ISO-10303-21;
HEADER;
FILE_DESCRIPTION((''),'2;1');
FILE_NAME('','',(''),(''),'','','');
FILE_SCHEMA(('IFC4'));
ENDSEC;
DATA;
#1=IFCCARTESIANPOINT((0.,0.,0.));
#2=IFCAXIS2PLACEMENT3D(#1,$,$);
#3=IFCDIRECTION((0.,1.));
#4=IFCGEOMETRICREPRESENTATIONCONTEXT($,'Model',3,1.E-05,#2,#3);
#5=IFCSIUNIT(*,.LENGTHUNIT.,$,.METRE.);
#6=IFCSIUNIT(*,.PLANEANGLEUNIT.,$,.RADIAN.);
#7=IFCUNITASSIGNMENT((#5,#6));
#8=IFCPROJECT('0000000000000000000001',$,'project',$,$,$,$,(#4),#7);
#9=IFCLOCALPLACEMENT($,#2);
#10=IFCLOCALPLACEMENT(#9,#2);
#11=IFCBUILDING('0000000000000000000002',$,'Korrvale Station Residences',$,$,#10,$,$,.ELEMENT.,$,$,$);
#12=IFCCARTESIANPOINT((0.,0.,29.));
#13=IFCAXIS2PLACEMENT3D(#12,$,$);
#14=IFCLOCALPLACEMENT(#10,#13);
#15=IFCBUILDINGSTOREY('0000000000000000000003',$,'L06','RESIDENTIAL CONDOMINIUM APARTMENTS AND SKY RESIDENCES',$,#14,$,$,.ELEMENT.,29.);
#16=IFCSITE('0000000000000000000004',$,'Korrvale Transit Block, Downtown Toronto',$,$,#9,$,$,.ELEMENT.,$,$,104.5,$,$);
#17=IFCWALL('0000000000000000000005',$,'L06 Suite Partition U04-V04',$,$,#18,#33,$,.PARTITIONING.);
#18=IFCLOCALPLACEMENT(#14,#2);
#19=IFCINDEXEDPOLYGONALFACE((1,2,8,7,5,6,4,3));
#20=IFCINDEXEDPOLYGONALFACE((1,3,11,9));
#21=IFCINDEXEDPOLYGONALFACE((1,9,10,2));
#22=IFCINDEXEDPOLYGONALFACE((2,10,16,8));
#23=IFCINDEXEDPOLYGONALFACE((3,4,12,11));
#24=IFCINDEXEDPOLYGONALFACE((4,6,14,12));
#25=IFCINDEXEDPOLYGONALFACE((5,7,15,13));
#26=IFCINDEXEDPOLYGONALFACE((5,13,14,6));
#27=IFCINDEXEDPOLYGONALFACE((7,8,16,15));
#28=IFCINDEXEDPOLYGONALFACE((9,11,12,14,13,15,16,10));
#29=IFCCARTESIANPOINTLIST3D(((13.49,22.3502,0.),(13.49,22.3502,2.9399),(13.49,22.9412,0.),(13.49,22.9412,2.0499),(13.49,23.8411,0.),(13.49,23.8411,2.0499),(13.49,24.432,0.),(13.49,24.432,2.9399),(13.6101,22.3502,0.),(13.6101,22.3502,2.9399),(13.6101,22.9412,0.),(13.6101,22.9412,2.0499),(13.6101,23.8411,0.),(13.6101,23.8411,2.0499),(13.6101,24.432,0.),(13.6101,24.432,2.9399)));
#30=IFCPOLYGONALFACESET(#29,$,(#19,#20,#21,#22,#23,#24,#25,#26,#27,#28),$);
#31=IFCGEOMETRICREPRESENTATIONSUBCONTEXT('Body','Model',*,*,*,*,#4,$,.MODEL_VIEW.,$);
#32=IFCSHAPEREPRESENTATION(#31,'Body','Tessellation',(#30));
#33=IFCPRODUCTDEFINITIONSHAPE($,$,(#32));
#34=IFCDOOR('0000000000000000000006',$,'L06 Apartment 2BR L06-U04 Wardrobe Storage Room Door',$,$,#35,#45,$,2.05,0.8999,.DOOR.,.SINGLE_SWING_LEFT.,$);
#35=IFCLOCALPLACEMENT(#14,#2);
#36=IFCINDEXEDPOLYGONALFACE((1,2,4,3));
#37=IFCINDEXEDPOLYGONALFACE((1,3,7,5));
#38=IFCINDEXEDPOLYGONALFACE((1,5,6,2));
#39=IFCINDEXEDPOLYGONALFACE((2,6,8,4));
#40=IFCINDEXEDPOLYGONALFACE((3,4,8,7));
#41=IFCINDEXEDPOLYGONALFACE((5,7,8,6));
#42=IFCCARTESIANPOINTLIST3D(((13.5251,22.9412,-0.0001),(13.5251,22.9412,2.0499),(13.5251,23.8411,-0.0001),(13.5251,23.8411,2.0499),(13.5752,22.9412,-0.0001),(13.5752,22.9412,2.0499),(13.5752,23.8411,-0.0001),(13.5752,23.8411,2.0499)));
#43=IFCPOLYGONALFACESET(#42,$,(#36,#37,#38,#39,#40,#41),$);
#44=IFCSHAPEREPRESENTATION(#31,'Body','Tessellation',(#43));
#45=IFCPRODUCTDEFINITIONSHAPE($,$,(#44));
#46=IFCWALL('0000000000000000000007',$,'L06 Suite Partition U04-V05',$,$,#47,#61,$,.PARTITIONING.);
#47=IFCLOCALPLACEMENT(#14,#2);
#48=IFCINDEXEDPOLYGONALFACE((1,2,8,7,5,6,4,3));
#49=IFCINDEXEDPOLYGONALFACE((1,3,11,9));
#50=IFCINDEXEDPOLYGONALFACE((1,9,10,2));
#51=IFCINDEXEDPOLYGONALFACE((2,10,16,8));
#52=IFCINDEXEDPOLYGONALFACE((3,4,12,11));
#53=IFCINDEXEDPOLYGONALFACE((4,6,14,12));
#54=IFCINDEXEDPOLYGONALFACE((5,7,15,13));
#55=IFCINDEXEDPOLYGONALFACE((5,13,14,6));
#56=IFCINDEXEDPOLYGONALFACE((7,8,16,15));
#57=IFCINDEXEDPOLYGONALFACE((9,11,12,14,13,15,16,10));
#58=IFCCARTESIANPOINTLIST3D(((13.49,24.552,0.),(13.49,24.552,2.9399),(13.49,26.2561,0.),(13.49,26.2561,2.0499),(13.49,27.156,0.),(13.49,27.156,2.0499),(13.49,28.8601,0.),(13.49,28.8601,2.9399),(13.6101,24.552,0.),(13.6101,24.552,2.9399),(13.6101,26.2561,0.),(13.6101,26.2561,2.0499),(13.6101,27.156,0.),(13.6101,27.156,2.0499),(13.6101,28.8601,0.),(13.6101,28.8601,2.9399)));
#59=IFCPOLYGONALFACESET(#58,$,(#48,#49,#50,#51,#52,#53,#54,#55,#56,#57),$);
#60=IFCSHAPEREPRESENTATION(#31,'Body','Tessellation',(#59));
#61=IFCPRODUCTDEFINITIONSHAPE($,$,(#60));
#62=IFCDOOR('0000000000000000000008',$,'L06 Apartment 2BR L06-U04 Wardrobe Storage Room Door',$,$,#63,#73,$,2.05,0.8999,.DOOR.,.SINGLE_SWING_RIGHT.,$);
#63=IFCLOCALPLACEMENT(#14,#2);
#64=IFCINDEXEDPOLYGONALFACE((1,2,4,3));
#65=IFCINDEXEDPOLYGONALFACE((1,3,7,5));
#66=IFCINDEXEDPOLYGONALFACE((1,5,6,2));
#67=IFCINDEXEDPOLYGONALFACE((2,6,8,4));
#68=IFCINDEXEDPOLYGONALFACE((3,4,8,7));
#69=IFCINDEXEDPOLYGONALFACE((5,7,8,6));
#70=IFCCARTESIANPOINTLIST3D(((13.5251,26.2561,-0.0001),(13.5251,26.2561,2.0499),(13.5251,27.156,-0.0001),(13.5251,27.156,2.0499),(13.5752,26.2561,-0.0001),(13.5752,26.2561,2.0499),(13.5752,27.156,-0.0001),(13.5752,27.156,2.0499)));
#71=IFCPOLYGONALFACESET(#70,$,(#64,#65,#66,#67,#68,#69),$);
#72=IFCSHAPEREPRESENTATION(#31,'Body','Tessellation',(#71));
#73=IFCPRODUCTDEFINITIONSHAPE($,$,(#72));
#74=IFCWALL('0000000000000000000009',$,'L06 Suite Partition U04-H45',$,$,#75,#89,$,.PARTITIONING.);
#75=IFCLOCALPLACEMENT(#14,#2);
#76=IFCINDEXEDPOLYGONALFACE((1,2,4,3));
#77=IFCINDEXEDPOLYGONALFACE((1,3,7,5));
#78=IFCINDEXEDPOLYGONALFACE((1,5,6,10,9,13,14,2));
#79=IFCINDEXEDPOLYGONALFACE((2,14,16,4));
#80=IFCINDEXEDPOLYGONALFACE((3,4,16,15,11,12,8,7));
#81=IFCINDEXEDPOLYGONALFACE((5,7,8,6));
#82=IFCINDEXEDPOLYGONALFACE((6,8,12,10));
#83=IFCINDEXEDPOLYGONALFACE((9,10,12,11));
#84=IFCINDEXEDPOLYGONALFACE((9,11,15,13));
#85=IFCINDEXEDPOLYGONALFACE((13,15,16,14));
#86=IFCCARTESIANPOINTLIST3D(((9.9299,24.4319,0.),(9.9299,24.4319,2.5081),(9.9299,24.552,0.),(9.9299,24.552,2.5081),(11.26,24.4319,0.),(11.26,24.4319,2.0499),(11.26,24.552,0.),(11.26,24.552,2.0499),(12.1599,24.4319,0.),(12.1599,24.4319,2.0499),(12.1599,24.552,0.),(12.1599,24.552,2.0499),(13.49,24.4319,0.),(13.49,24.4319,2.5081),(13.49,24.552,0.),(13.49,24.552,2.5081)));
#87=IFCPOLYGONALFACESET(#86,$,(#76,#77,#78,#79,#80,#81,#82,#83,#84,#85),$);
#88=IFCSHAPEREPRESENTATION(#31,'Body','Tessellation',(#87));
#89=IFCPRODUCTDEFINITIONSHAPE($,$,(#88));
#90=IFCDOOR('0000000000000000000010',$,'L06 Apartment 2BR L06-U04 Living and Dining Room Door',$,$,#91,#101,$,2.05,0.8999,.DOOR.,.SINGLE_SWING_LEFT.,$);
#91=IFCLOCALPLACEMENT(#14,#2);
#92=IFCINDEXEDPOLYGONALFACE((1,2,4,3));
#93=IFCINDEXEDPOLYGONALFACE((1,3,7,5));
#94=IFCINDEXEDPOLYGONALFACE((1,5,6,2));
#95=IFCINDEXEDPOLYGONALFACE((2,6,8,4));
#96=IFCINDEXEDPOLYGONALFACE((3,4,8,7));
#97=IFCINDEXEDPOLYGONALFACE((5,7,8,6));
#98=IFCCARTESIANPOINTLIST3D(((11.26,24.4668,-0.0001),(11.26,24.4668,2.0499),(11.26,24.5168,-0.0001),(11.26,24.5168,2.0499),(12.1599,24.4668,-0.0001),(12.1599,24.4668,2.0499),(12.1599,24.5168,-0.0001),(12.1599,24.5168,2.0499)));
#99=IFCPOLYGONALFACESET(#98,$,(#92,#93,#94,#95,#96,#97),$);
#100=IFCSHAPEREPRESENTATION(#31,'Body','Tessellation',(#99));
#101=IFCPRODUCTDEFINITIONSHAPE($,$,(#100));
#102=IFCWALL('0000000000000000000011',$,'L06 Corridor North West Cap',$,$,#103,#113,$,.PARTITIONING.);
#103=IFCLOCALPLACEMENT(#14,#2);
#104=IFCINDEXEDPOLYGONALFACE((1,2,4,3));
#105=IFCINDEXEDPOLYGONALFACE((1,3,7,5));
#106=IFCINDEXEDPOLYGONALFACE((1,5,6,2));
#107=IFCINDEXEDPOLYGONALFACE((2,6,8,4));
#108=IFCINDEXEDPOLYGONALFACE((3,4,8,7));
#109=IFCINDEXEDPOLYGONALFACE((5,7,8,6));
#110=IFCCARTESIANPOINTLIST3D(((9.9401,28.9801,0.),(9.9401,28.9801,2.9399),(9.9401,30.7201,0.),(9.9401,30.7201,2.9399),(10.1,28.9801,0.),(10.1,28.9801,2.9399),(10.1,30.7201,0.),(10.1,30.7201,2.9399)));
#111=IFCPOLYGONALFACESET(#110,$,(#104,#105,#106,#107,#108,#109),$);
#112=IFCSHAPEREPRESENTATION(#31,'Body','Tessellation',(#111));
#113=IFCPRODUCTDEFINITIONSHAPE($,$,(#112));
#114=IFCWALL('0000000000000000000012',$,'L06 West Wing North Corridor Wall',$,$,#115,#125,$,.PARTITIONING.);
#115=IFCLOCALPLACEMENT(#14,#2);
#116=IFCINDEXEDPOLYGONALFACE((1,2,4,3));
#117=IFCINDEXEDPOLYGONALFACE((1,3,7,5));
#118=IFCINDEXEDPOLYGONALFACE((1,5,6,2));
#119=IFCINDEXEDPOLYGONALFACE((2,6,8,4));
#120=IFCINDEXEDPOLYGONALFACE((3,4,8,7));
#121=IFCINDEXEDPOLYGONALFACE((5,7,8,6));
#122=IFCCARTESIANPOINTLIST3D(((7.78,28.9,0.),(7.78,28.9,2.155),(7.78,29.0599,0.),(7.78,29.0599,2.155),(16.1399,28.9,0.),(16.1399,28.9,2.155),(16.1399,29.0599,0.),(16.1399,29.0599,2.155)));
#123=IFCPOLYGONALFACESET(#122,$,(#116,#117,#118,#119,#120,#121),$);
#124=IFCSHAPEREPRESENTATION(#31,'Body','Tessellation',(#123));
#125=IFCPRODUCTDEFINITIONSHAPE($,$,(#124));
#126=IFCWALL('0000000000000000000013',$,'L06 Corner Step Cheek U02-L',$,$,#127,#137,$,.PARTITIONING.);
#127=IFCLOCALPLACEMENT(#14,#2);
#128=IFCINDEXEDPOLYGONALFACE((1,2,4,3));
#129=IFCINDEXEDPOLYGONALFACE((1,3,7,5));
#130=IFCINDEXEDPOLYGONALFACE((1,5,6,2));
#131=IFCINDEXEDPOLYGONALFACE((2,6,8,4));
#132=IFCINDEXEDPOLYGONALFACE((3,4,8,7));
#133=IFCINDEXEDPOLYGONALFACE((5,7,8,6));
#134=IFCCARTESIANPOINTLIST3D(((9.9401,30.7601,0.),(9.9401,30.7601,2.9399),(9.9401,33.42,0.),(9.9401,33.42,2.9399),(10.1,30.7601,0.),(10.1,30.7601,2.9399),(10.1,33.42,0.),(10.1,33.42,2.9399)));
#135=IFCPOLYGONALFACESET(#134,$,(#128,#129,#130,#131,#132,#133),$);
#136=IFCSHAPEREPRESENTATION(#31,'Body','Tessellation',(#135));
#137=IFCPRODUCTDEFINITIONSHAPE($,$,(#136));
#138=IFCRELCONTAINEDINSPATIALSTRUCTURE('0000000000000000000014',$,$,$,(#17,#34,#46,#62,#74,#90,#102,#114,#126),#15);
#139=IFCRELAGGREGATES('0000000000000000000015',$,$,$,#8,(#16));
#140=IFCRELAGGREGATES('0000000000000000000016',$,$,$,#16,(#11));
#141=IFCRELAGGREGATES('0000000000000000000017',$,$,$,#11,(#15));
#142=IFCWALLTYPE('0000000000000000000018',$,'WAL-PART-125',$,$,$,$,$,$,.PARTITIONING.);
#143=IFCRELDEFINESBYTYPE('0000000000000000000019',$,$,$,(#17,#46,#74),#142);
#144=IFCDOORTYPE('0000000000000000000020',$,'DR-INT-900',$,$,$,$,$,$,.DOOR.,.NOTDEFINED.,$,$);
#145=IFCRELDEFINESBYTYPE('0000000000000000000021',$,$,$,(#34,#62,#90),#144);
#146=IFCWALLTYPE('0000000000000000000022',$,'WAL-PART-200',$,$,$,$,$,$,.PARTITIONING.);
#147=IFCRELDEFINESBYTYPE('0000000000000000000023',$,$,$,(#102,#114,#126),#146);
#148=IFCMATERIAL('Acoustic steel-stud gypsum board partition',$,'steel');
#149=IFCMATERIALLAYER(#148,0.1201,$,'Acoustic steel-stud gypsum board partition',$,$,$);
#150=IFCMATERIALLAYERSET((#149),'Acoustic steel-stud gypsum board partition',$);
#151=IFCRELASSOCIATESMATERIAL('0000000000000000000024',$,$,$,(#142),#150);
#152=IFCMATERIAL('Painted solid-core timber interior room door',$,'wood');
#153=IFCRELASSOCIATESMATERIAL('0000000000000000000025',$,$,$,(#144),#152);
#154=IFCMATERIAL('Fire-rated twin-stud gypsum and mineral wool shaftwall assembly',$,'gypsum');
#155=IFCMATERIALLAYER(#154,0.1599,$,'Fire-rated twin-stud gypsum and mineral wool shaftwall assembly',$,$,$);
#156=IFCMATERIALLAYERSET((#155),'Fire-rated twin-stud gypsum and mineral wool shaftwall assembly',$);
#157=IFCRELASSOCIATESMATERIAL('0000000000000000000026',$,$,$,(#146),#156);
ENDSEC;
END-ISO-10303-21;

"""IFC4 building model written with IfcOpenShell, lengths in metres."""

from ifc_helpers import new_model, si_unit, direction, frame, frame_2d, origin, place, context, subcontext, project, spatial, rectangle, extrude, material, layer, layer_set, type_object, element, fill, save


model = new_model("IFC4")

# Units and contexts
model_context = context("Model", 3, precision=1e-05, world=origin(), true_north=direction((0.0, 1.0)))
body_context = subcontext(model_context, "Body", "Model", "MODEL_VIEW")
ifc_project = project(units=[si_unit("LENGTHUNIT", "METRE"), si_unit("PLANEANGLEUNIT", "RADIAN")], contexts=[model_context])

# Site, building, storey
site_placement = place(None, origin())
site = spatial("IfcSite", under=ifc_project, at=site_placement, Name="Korrvale Transit Block, Downtown Toronto", CompositionType="ELEMENT", RefElevation=104.5)
building_placement = place(site_placement, origin())
building = spatial("IfcBuilding", under=site, at=building_placement, Name="Korrvale Station Residences", CompositionType="ELEMENT")
storey_placement = place(building_placement, frame((0.0, 0.0, 29.0)))
storey = spatial("IfcBuildingStorey", under=building, at=storey_placement, Name="L06", Description="RESIDENTIAL CONDOMINIUM APARTMENTS AND SKY RESIDENCES", CompositionType="ELEMENT", Elevation=29.0)

# Walls, openings, doors
ifc_material_1 = material(Name="Acoustic steel-stud gypsum board partition", Category="steel")
ifc_layer_1 = layer(ifc_material_1, 0.1201, Name="Acoustic steel-stud gypsum board partition")
ifc_layer_set_1 = layer_set([ifc_layer_1], Name="Acoustic steel-stud gypsum board partition")
wall_type_1 = type_object("IfcWallType", Name="WAL-PART-125", PredefinedType="PARTITIONING", material=ifc_layer_set_1)
ifc_material_2 = material(Name="Painted solid-core timber interior room door", Category="wood")
door_type_1 = type_object("IfcDoorType", Name="DR-INT-900", OperationType="NOTDEFINED", PredefinedType="DOOR", material=ifc_material_2)
wall_1_placement = place(storey_placement, frame((13.55, 22.3501, 0.0), z_axis=(0.0, 0.0, 1.0), x_axis=(0.0, 1.0, 0.0)))
wall_1 = element("IfcWall", 1, at=wall_1_placement, inside=storey, type_object=wall_type_1, Name="L06 Suite Partition U04-V04", PredefinedType="PARTITIONING", context=body_context, shape_type="SweptSolid", body=[
    extrude(rectangle(XDim=2.0818, YDim=0.1201, at=frame_2d((1.041, 0.0))), origin(), (0.0, 0.0, 1.0), 2.9399),
])
opening_1_placement = place(wall_1_placement, frame((0.5911, 0.0, 0.0)))
opening_1 = element("IfcOpeningElement", 2, at=opening_1_placement, cuts=wall_1, PredefinedType="OPENING", context=body_context, shape_type="SweptSolid", body=[
    extrude(rectangle(XDim=0.8999, YDim=2.05, at=frame_2d((0.45, 1.0249))), frame((0.0, 0.0701, 0.0), z_axis=(0.0, -1.0, 0.0), x_axis=(1.0, 0.0, 0.0)), (0.0, 0.0, 1.0), 0.1401),
])
door_1_placement = place(opening_1_placement, origin())
door_1 = element("IfcDoor", 3, at=door_1_placement, inside=storey, type_object=door_type_1, Name="L06 Apartment 2BR L06-U04 Wardrobe Storage Room Door", OperationType="SINGLE_SWING_LEFT", OverallHeight=2.05, OverallWidth=0.8999, PredefinedType="DOOR", context=body_context, shape_type="SweptSolid", body=[
    extrude(rectangle(XDim=0.8999, YDim=2.05, at=frame_2d((0.45, 1.0249))), frame((0.0, 0.0249, 0.0), z_axis=(0.0, -1.0, 0.0), x_axis=(1.0, 0.0, 0.0)), (0.0, 0.0, 1.0), 0.05),
])
fill(opening_1, door_1)
wall_2_placement = place(storey_placement, frame((13.55, 24.552, 0.0), z_axis=(0.0, 0.0, 1.0), x_axis=(0.0, 1.0, 0.0)))
wall_2 = element("IfcWall", 4, at=wall_2_placement, inside=storey, type_object=wall_type_1, Name="L06 Suite Partition U04-V05", PredefinedType="PARTITIONING", context=body_context, shape_type="SweptSolid", body=[
    extrude(rectangle(XDim=4.3081, YDim=0.1201, at=frame_2d((2.1541, 0.0))), origin(), (0.0, 0.0, 1.0), 2.9399),
])
opening_2_placement = place(wall_2_placement, frame((1.7041, 0.0, 0.0)))
opening_2 = element("IfcOpeningElement", 5, at=opening_2_placement, cuts=wall_2, PredefinedType="OPENING", context=body_context, shape_type="SweptSolid", body=[
    extrude(rectangle(XDim=0.8999, YDim=2.05, at=frame_2d((0.45, 1.0249))), frame((0.0, 0.0701, 0.0), z_axis=(0.0, -1.0, 0.0), x_axis=(1.0, 0.0, 0.0)), (0.0, 0.0, 1.0), 0.1401),
])
door_2_placement = place(opening_2_placement, origin())
door_2 = element("IfcDoor", 6, at=door_2_placement, inside=storey, type_object=door_type_1, Name="L06 Apartment 2BR L06-U04 Wardrobe Storage Room Door", OperationType="SINGLE_SWING_RIGHT", OverallHeight=2.05, OverallWidth=0.8999, PredefinedType="DOOR", context=body_context, shape_type="SweptSolid", body=[
    extrude(rectangle(XDim=0.8999, YDim=2.05, at=frame_2d((0.45, 1.0249))), frame((0.0, 0.0249, 0.0), z_axis=(0.0, -1.0, 0.0), x_axis=(1.0, 0.0, 0.0)), (0.0, 0.0, 1.0), 0.05),
])
fill(opening_2, door_2)
wall_3_placement = place(storey_placement, frame((9.9299, 24.4919, 0.0), z_axis=(0.0, 0.0, 1.0), x_axis=(1.0, 0.0, 0.0)))
wall_3 = element("IfcWall", 7, at=wall_3_placement, inside=storey, type_object=wall_type_1, Name="L06 Suite Partition U04-H45", PredefinedType="PARTITIONING", context=body_context, shape_type="SweptSolid", body=[
    extrude(rectangle(XDim=3.5601, YDim=0.1201, at=frame_2d((1.78, 0.0))), origin(), (0.0, 0.0, 1.0), 2.5081),
])
opening_3_placement = place(wall_3_placement, frame((1.3301, 0.0, 0.0)))
opening_3 = element("IfcOpeningElement", 8, at=opening_3_placement, cuts=wall_3, PredefinedType="OPENING", context=body_context, shape_type="SweptSolid", body=[
    extrude(rectangle(XDim=0.8999, YDim=2.05, at=frame_2d((0.45, 1.0249))), frame((0.0, 0.0701, 0.0), z_axis=(0.0, -1.0, 0.0), x_axis=(1.0, 0.0, 0.0)), (0.0, 0.0, 1.0), 0.1401),
])
door_3_placement = place(opening_3_placement, origin())
door_3 = element("IfcDoor", 9, at=door_3_placement, inside=storey, type_object=door_type_1, Name="L06 Apartment 2BR L06-U04 Living and Dining Room Door", OperationType="SINGLE_SWING_LEFT", OverallHeight=2.05, OverallWidth=0.8999, PredefinedType="DOOR", context=body_context, shape_type="SweptSolid", body=[
    extrude(rectangle(XDim=0.8999, YDim=2.05, at=frame_2d((0.45, 1.0249))), frame((0.0, 0.0249, 0.0), z_axis=(0.0, -1.0, 0.0), x_axis=(1.0, 0.0, 0.0)), (0.0, 0.0, 1.0), 0.05),
])
fill(opening_3, door_3)

# Walls
ifc_material_3 = material(Name="Fire-rated twin-stud gypsum and mineral wool shaftwall assembly", Category="gypsum")
ifc_layer_2 = layer(ifc_material_3, 0.1599, Name="Fire-rated twin-stud gypsum and mineral wool shaftwall assembly")
ifc_layer_set_2 = layer_set([ifc_layer_2], Name="Fire-rated twin-stud gypsum and mineral wool shaftwall assembly")
wall_type_2 = type_object("IfcWallType", Name="WAL-PART-200", PredefinedType="PARTITIONING", material=ifc_layer_set_2)
wall_4_placement = place(storey_placement, frame((10.02, 28.98, 0.0), z_axis=(0.0, 0.0, 1.0), x_axis=(0.0, 1.0, 0.0)))
element("IfcWall", 10, at=wall_4_placement, inside=storey, type_object=wall_type_2, Name="L06 Corridor North West Cap", PredefinedType="PARTITIONING", context=body_context, shape_type="SweptSolid", body=[
    extrude(rectangle(XDim=1.74, YDim=0.1599, at=frame_2d((0.8701, 0.0))), origin(), (0.0, 0.0, 1.0), 2.9399),
])
wall_5_placement = place(storey_placement, frame((7.78, 28.98, 0.0), z_axis=(0.0, 0.0, 1.0), x_axis=(1.0, 0.0, 0.0)))
element("IfcWall", 11, at=wall_5_placement, inside=storey, type_object=wall_type_2, Name="L06 West Wing North Corridor Wall", PredefinedType="PARTITIONING", context=body_context, shape_type="SweptSolid", body=[
    extrude(rectangle(XDim=8.3599, YDim=0.1599, at=frame_2d((4.1799, 0.0))), origin(), (0.0, 0.0, 1.0), 2.155),
])
wall_6_placement = place(storey_placement, frame((10.02, 30.76, 0.0), z_axis=(0.0, 0.0, 1.0), x_axis=(0.0, 1.0, 0.0)))
element("IfcWall", 12, at=wall_6_placement, inside=storey, type_object=wall_type_2, Name="L06 Corner Step Cheek U02-L", PredefinedType="PARTITIONING", context=body_context, shape_type="SweptSolid", body=[
    extrude(rectangle(XDim=2.6599, YDim=0.1599, at=frame_2d((1.3301, 0.0))), origin(), (0.0, 0.0, 1.0), 2.9399),
])

save(model, "model.ifc")
